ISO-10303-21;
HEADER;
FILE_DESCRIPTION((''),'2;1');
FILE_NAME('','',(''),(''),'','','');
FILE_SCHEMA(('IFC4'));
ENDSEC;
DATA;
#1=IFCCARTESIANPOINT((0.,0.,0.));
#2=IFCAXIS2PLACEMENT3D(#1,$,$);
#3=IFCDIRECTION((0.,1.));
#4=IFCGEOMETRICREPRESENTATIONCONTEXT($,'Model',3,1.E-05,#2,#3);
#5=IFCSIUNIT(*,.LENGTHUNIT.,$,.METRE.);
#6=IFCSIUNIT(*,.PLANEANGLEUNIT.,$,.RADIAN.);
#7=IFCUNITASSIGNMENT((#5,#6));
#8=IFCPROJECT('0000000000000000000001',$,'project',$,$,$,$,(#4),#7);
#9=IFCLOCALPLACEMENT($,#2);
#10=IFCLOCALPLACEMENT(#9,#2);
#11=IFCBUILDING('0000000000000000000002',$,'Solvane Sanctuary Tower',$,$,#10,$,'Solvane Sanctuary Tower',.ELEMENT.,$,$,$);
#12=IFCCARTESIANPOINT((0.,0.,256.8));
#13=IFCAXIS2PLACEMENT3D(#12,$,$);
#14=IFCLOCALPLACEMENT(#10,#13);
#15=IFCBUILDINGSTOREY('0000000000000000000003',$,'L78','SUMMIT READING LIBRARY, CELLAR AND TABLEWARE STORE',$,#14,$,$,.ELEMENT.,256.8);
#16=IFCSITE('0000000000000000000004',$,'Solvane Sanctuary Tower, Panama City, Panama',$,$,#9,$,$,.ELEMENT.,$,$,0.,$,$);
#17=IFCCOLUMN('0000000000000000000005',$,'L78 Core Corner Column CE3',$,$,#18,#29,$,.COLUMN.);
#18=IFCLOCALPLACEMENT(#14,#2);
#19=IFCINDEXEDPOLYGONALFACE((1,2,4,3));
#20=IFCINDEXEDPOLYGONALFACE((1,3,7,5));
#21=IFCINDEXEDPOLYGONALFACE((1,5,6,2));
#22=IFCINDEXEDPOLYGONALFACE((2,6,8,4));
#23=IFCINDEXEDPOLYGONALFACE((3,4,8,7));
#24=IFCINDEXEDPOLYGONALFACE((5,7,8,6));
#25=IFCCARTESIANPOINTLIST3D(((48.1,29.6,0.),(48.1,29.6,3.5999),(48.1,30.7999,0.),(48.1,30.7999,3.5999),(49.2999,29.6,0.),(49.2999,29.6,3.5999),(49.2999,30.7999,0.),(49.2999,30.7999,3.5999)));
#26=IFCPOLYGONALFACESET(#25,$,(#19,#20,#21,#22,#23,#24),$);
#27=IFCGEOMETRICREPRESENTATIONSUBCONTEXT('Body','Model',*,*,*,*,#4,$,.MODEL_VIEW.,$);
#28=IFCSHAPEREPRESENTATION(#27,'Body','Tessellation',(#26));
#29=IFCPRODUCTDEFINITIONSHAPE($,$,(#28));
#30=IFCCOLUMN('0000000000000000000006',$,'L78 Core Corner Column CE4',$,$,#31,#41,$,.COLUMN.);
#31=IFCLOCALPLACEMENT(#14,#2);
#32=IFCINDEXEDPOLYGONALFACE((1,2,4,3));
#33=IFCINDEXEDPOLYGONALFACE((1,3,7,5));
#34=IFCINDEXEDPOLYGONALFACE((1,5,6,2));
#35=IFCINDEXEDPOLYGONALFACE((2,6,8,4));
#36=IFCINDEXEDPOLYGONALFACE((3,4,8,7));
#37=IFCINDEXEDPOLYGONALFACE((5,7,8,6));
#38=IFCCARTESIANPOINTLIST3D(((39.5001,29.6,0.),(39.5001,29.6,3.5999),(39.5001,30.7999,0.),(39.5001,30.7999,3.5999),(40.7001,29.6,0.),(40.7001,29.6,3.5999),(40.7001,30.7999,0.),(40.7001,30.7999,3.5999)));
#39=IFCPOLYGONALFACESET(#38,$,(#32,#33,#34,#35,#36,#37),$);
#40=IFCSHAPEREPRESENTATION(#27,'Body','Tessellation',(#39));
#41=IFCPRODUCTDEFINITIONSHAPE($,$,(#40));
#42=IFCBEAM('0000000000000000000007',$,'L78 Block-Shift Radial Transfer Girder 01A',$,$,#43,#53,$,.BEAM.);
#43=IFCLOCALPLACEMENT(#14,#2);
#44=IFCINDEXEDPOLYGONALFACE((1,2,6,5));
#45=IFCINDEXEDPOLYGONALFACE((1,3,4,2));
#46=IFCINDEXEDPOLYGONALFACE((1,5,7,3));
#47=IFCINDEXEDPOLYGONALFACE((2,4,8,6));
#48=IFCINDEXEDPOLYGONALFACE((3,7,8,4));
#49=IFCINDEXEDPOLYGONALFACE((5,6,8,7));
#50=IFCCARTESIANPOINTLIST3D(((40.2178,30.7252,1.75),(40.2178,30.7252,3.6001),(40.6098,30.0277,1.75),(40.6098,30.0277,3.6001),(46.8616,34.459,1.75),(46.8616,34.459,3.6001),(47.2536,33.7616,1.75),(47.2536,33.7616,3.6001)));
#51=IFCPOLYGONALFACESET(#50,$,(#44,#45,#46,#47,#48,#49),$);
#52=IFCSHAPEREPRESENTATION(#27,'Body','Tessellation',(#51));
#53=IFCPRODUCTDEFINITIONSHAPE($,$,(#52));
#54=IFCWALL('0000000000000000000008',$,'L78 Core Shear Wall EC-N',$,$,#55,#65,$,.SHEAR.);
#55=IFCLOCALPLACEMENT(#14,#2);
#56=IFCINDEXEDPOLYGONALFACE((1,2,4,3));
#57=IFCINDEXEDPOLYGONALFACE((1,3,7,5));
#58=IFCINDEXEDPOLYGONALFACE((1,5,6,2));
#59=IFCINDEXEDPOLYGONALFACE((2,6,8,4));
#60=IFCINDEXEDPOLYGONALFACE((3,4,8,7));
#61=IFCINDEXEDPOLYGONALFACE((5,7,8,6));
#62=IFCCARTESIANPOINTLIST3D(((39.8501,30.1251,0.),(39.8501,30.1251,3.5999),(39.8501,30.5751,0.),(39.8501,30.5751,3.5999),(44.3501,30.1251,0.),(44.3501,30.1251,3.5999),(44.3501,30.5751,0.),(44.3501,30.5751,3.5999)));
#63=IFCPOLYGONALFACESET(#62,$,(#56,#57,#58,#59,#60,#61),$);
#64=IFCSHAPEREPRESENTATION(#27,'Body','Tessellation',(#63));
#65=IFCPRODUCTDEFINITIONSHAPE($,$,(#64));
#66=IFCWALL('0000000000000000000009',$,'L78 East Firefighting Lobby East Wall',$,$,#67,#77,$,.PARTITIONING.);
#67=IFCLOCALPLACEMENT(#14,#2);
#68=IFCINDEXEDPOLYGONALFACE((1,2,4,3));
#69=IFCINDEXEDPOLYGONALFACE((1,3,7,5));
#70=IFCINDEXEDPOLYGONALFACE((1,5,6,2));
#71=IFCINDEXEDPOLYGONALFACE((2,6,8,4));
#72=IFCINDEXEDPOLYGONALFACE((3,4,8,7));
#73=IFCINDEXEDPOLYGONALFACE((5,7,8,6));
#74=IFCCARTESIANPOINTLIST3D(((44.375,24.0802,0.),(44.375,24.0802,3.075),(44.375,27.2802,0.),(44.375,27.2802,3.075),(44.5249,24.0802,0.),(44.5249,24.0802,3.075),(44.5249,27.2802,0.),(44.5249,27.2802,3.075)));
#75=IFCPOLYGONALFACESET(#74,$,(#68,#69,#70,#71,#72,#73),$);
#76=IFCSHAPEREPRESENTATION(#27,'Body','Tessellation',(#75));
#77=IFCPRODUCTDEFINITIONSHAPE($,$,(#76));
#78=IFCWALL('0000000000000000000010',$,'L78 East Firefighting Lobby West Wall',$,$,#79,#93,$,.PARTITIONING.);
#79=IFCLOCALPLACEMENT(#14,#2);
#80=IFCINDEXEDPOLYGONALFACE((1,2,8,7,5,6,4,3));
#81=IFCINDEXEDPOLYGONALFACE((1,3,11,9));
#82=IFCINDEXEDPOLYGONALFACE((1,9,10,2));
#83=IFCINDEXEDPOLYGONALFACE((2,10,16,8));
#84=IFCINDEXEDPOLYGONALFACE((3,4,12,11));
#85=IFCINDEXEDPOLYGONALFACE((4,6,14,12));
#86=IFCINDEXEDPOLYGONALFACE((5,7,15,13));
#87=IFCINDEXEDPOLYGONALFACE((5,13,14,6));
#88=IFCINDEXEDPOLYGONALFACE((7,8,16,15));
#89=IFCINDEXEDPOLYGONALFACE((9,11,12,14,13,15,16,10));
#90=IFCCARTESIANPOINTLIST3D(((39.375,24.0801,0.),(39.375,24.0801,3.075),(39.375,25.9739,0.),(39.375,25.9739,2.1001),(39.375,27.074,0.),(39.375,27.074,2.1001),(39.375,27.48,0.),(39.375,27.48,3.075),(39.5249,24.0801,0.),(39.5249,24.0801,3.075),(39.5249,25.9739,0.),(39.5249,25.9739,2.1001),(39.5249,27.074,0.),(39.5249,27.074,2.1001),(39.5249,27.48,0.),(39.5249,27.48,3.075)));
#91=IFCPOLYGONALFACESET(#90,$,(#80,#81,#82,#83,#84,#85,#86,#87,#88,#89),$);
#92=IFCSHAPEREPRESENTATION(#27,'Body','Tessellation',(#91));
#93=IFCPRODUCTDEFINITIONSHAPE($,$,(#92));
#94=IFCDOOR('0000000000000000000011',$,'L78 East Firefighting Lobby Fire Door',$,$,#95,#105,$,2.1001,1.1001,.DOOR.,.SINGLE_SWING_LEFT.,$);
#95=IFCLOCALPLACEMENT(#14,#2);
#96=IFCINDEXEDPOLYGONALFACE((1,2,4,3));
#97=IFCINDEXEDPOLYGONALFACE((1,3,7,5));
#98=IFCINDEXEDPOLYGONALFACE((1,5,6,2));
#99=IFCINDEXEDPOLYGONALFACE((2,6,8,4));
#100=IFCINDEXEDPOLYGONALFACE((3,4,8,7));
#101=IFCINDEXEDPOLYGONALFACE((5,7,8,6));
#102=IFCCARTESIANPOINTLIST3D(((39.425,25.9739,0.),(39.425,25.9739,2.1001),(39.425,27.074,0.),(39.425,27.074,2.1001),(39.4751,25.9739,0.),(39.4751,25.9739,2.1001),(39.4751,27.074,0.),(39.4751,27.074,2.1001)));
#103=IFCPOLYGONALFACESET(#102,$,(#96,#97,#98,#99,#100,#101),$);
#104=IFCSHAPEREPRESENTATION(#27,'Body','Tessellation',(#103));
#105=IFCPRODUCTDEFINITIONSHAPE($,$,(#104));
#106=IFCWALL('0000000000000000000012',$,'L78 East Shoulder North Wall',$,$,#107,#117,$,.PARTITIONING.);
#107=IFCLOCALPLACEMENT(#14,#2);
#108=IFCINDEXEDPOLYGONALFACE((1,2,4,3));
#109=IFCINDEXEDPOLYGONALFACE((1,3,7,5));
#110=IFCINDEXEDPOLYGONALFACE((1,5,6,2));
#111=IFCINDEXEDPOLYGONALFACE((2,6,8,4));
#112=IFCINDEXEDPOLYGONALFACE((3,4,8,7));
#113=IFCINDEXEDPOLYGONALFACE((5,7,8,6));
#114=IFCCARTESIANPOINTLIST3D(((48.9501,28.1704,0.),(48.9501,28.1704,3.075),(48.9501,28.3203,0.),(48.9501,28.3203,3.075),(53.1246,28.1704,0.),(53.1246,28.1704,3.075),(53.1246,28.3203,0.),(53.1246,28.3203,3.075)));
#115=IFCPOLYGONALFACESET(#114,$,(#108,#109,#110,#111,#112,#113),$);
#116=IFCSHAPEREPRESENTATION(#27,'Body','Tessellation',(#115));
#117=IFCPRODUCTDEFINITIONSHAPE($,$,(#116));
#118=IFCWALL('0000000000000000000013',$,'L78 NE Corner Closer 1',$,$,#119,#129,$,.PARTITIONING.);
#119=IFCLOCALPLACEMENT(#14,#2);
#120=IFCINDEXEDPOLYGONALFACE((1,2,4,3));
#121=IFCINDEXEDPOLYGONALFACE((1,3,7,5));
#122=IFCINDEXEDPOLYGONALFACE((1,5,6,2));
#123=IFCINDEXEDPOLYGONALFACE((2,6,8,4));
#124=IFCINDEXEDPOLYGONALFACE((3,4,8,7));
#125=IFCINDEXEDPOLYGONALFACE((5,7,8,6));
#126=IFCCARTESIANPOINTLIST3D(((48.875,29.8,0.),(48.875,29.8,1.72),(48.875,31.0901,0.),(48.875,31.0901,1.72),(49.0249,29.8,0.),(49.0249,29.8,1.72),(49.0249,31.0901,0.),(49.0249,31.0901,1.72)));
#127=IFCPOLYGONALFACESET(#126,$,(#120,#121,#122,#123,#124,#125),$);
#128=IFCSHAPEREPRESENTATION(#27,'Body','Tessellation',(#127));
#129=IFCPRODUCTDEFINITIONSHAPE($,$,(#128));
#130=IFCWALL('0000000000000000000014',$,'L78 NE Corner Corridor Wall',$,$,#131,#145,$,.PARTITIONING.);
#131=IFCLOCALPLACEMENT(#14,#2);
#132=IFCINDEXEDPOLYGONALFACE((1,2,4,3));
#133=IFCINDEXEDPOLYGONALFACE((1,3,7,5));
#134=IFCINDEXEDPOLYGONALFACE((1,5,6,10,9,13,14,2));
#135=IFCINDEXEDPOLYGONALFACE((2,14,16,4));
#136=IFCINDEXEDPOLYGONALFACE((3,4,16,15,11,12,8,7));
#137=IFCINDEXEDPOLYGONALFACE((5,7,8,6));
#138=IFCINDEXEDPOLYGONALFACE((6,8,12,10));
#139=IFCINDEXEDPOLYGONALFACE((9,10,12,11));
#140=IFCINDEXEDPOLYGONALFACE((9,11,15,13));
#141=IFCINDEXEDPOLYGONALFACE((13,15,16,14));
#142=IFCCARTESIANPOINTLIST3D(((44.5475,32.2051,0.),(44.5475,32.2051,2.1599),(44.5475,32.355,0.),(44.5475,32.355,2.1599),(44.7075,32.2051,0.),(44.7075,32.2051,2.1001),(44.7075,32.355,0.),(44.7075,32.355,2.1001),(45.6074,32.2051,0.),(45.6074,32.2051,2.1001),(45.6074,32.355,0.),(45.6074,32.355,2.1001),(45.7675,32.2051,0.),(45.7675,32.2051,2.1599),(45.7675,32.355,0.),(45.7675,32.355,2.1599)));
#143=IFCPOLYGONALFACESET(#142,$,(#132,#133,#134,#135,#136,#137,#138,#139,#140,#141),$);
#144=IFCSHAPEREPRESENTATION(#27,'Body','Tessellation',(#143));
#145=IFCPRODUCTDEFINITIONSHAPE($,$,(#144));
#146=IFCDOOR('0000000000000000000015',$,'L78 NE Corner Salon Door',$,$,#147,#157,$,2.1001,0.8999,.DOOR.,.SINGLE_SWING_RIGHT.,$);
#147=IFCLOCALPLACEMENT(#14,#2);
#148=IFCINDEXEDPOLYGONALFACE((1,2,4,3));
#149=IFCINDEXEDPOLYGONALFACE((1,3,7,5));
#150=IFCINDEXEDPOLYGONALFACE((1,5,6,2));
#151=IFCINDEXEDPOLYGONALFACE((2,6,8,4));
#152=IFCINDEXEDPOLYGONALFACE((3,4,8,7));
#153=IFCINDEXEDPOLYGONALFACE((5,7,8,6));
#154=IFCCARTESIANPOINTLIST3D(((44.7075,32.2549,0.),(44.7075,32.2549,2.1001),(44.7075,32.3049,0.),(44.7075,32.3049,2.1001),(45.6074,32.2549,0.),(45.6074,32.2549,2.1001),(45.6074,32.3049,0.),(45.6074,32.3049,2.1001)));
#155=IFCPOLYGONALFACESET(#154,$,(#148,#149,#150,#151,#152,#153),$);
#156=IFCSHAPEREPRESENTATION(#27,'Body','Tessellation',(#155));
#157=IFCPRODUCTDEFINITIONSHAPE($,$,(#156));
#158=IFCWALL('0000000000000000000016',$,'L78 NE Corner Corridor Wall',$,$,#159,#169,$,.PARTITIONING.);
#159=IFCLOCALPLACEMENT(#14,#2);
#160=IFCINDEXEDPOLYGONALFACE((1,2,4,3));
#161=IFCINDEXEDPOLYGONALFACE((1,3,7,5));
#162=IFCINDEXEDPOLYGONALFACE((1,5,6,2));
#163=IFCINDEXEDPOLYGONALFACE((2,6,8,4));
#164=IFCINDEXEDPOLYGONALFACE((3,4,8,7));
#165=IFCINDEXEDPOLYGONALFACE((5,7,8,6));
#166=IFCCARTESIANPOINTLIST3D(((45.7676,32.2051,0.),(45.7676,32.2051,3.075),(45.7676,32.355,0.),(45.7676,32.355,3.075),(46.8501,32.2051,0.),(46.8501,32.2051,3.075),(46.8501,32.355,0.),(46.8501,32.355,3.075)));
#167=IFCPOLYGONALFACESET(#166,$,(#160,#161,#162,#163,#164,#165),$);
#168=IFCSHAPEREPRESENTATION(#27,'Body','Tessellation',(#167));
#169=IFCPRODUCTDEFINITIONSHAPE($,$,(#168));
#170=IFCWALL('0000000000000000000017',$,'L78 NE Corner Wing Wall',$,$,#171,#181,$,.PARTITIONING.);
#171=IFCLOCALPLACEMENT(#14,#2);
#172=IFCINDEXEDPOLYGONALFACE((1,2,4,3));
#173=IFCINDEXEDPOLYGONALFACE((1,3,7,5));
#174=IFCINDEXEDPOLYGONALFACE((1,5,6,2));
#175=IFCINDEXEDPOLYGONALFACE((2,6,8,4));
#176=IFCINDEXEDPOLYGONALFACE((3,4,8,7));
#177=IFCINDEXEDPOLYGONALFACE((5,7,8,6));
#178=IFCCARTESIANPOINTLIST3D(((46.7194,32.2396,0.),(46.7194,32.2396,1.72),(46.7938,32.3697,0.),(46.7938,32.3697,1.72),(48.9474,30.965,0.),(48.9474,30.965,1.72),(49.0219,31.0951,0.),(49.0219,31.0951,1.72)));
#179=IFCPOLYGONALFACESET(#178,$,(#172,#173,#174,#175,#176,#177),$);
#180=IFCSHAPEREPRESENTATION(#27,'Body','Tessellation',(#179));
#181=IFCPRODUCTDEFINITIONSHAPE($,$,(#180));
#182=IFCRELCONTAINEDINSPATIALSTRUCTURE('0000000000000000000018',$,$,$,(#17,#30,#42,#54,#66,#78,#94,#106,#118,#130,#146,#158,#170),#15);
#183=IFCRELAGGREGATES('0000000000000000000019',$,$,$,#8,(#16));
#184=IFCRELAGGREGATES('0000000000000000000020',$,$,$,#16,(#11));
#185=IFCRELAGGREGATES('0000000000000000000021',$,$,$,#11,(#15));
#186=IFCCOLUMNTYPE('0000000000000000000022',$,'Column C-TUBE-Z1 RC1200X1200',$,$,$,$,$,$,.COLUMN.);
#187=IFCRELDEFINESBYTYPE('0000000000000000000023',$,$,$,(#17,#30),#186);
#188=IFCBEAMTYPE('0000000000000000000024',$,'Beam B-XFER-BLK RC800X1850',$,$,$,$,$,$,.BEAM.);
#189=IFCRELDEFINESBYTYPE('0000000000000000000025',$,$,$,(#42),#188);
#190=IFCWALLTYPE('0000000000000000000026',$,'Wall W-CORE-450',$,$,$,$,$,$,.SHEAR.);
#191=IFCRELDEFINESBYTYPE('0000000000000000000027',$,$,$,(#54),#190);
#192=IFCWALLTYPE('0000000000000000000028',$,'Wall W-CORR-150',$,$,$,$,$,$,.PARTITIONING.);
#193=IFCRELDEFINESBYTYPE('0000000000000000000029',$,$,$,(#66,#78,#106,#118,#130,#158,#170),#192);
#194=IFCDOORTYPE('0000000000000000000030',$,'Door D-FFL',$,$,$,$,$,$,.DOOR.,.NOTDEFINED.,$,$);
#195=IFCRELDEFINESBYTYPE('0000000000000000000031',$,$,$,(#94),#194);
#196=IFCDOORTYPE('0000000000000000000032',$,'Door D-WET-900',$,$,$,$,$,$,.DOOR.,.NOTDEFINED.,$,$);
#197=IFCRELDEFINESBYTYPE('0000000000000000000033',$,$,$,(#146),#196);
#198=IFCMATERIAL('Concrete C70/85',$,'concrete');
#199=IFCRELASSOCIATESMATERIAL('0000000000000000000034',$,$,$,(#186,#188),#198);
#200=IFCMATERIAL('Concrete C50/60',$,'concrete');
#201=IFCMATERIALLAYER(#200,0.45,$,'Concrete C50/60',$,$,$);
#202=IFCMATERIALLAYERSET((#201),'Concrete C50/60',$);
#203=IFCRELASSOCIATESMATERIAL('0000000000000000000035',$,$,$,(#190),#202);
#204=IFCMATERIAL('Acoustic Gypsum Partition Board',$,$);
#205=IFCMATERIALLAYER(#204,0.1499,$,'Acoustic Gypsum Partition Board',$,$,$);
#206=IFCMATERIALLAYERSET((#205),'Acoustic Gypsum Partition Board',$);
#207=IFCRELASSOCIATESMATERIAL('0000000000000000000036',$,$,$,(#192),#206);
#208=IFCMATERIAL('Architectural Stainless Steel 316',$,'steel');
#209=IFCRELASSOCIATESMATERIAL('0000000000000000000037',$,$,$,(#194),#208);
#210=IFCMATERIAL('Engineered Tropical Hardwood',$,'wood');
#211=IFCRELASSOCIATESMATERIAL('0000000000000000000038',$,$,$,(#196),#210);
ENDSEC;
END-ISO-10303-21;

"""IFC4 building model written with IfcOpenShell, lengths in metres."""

from ifc_helpers import new_model, si_unit, direction, frame, frame_2d, origin, origin_2d, place, context, subcontext, project, spatial, rectangle, extrude, material, layer, layer_set, material_profile, profile_set, type_object, element, fill, save


model = new_model("IFC4")

# Units and contexts
model_context = context("Model", 3, precision=1e-05, world=origin(), true_north=direction((0.0, 1.0)))
body_context = subcontext(model_context, "Body", "Model", "MODEL_VIEW")
ifc_project = project(units=[si_unit("LENGTHUNIT", "METRE"), si_unit("PLANEANGLEUNIT", "RADIAN")], contexts=[model_context])

# Site, building, storey
site_placement = place(None, origin())
site = spatial("IfcSite", under=ifc_project, at=site_placement, Name="Solvane Sanctuary Tower, Panama City, Panama", CompositionType="ELEMENT", RefElevation=0.0)
building_placement = place(site_placement, origin())
building = spatial("IfcBuilding", under=site, at=building_placement, Name="Solvane Sanctuary Tower", LongName="Solvane Sanctuary Tower", CompositionType="ELEMENT")
storey_placement = place(building_placement, frame((0.0, 0.0, 256.8)))
storey = spatial("IfcBuildingStorey", under=building, at=storey_placement, Name="L78", Description="SUMMIT READING LIBRARY, CELLAR AND TABLEWARE STORE", CompositionType="ELEMENT", Elevation=256.8)

# Columns
ifc_material_1 = material(Name="Concrete C70/85", Category="concrete")
ifc_material_profile_1 = material_profile(ifc_material_1, rectangle(XDim=1.2, YDim=1.2, at=origin_2d()), Name="RC1200X1200")
ifc_profile_set_1 = profile_set([ifc_material_profile_1], Name="Concrete C70/85")
column_type = type_object("IfcColumnType", Name="Column C-TUBE-Z1 RC1200X1200", PredefinedType="COLUMN", material=ifc_profile_set_1)
for number, where, z_axis, x_axis, name in (
    (1, (48.7, 30.2, 0.0), (0.0, 0.0, 1.0), (1.0, 0.0, 0.0), "L78 Core Corner Column CE3"),
    (2, (40.1001, 30.2, 0.0), (0.0, 0.0, 1.0), (1.0, 0.0, 0.0), "L78 Core Corner Column CE4"),
):
    element("IfcColumn", number, at=place(storey_placement, frame(where, z_axis=z_axis, x_axis=x_axis)), inside=storey, type_object=column_type, Name=name, PredefinedType="COLUMN", context=body_context, shape_type="SweptSolid", body=[
        extrude(rectangle(XDim=1.2, YDim=1.2, at=origin_2d()), origin(), (0.0, 0.0, 1.0), 3.5999),
    ])

# Beam
ifc_material_profile_2 = material_profile(ifc_material_1, rectangle(XDim=0.8, YDim=1.8501, at=origin_2d()), Name="RC800X1850")
ifc_profile_set_2 = profile_set([ifc_material_profile_2], Name="Concrete C70/85")
beam_type = type_object("IfcBeamType", Name="Beam B-XFER-BLK RC800X1850", PredefinedType="BEAM", material=ifc_profile_set_2)
beam_placement = place(storey_placement, frame((40.4138, 30.3765, 2.675), z_axis=(0.871758, 0.489937, 0.0), x_axis=(-0.489937, 0.871758, 0.0)))
element("IfcBeam", 3, at=beam_placement, inside=storey, type_object=beam_type, Name="L78 Block-Shift Radial Transfer Girder 01A", PredefinedType="BEAM", context=body_context, shape_type="SweptSolid", body=[
    extrude(rectangle(XDim=0.8, YDim=1.8501, at=origin_2d()), origin(), (0.0, 0.0, 1.0), 7.6211),
])

# Walls
ifc_material_2 = material(Name="Concrete C50/60", Category="concrete")
ifc_layer_1 = layer(ifc_material_2, 0.45, Name="Concrete C50/60")
ifc_layer_set_1 = layer_set([ifc_layer_1], Name="Concrete C50/60")
wall_type_1 = type_object("IfcWallType", Name="Wall W-CORE-450", PredefinedType="SHEAR", material=ifc_layer_set_1)
wall_1_placement = place(storey_placement, frame((39.8501, 30.3501, 0.0), z_axis=(0.0, 0.0, 1.0), x_axis=(1.0, 0.0, 0.0)))
element("IfcWall", 4, at=wall_1_placement, inside=storey, type_object=wall_type_1, Name="L78 Core Shear Wall EC-N", PredefinedType="SHEAR", context=body_context, shape_type="SweptSolid", body=[
    extrude(rectangle(XDim=4.5, YDim=0.45, at=frame_2d((2.25, 0.0))), origin(), (0.0, 0.0, 1.0), 3.5999),
])
ifc_material_3 = material(Name="Acoustic Gypsum Partition Board")
ifc_layer_2 = layer(ifc_material_3, 0.1499, Name="Acoustic Gypsum Partition Board")
ifc_layer_set_2 = layer_set([ifc_layer_2], Name="Acoustic Gypsum Partition Board")
wall_type_2 = type_object("IfcWallType", Name="Wall W-CORR-150", PredefinedType="PARTITIONING", material=ifc_layer_set_2)
wall_2_placement = place(storey_placement, frame((44.45, 24.0801, 0.0), z_axis=(0.0, 0.0, 1.0), x_axis=(0.0, 1.0, 0.0)))
element("IfcWall", 5, at=wall_2_placement, inside=storey, type_object=wall_type_2, Name="L78 East Firefighting Lobby East Wall", PredefinedType="PARTITIONING", context=body_context, shape_type="SweptSolid", body=[
    extrude(rectangle(XDim=3.2, YDim=0.1499, at=frame_2d((1.6001, 0.0))), origin(), (0.0, 0.0, 1.0), 3.075),
])

# Wall, opening, door
wall_3_placement = place(storey_placement, frame((39.45, 24.0801, 0.0), z_axis=(0.0, 0.0, 1.0), x_axis=(0.0, 1.0, 0.0)))
wall_3 = element("IfcWall", 6, at=wall_3_placement, inside=storey, type_object=wall_type_2, Name="L78 East Firefighting Lobby West Wall", PredefinedType="PARTITIONING", context=body_context, shape_type="SweptSolid", body=[
    extrude(rectangle(XDim=3.3999, YDim=0.1499, at=frame_2d((1.7, 0.0))), origin(), (0.0, 0.0, 1.0), 3.075),
])
opening_1_placement = place(wall_3_placement, frame((1.8938, 0.0, 0.0)))
opening_1 = element("IfcOpeningElement", 7, at=opening_1_placement, cuts=wall_3, PredefinedType="OPENING", context=body_context, shape_type="SweptSolid", body=[
    extrude(rectangle(XDim=1.1001, YDim=2.1001, at=frame_2d((0.55, 1.05))), frame((0.0, 0.085, 0.0), z_axis=(0.0, -1.0, 0.0), x_axis=(1.0, 0.0, 0.0)), (0.0, 0.0, 1.0), 0.1699),
])
ifc_material_4 = material(Name="Architectural Stainless Steel 316", Category="steel")
door_type_1 = type_object("IfcDoorType", Name="Door D-FFL", OperationType="NOTDEFINED", PredefinedType="DOOR", material=ifc_material_4)
door_1_placement = place(opening_1_placement, origin())
door_1 = element("IfcDoor", 8, at=door_1_placement, inside=storey, type_object=door_type_1, Name="L78 East Firefighting Lobby Fire Door", OperationType="SINGLE_SWING_LEFT", OverallHeight=2.1001, OverallWidth=1.1001, PredefinedType="DOOR", context=body_context, shape_type="SweptSolid", body=[
    extrude(rectangle(XDim=1.1001, YDim=2.1001, at=frame_2d((0.55, 1.05))), frame((0.0, 0.0249, 0.0), z_axis=(0.0, -1.0, 0.0), x_axis=(1.0, 0.0, 0.0)), (0.0, 0.0, 1.0), 0.05),
])
fill(opening_1, door_1)

# Walls
wall_4_placement = place(storey_placement, frame((48.95, 28.2454, 0.0), z_axis=(0.0, 0.0, 1.0), x_axis=(1.0, 0.0, 0.0)))
element("IfcWall", 9, at=wall_4_placement, inside=storey, type_object=wall_type_2, Name="L78 East Shoulder North Wall", PredefinedType="PARTITIONING", context=body_context, shape_type="SweptSolid", body=[
    extrude(rectangle(XDim=4.1746, YDim=0.1499, at=frame_2d((2.0874, 0.0))), origin(), (0.0, 0.0, 1.0), 3.075),
])
wall_5_placement = place(storey_placement, frame((48.95, 29.8, 0.0), z_axis=(0.0, 0.0, 1.0), x_axis=(0.0, 1.0, 0.0)))
element("IfcWall", 10, at=wall_5_placement, inside=storey, type_object=wall_type_2, Name="L78 NE Corner Closer 1", PredefinedType="PARTITIONING", context=body_context, shape_type="SweptSolid", body=[
    extrude(rectangle(XDim=1.29, YDim=0.1499, at=frame_2d((0.645, 0.0))), origin(), (0.0, 0.0, 1.0), 1.72),
])

# Wall, opening, door
wall_6_placement = place(storey_placement, frame((44.5476, 32.28, 0.0), z_axis=(0.0, 0.0, 1.0), x_axis=(1.0, 0.0, 0.0)))
wall_6 = element("IfcWall", 11, at=wall_6_placement, inside=storey, type_object=wall_type_2, Name="L78 NE Corner Corridor Wall", PredefinedType="PARTITIONING", context=body_context, shape_type="SweptSolid", body=[
    extrude(rectangle(XDim=1.22, YDim=0.1499, at=frame_2d((0.6099, 0.0))), origin(), (0.0, 0.0, 1.0), 2.1599),
])
opening_2_placement = place(wall_6_placement, frame((0.1599, 0.0, 0.0)))
opening_2 = element("IfcOpeningElement", 12, at=opening_2_placement, cuts=wall_6, PredefinedType="OPENING", context=body_context, shape_type="SweptSolid", body=[
    extrude(rectangle(XDim=0.8999, YDim=2.1001, at=frame_2d((0.45, 1.05))), frame((0.0, 0.085, 0.0), z_axis=(0.0, -1.0, 0.0), x_axis=(1.0, 0.0, 0.0)), (0.0, 0.0, 1.0), 0.1699),
])
ifc_material_5 = material(Name="Engineered Tropical Hardwood", Category="wood")
door_type_2 = type_object("IfcDoorType", Name="Door D-WET-900", OperationType="NOTDEFINED", PredefinedType="DOOR", material=ifc_material_5)
door_2_placement = place(opening_2_placement, origin())
door_2 = element("IfcDoor", 13, at=door_2_placement, inside=storey, type_object=door_type_2, Name="L78 NE Corner Salon Door", OperationType="SINGLE_SWING_RIGHT", OverallHeight=2.1001, OverallWidth=0.8999, PredefinedType="DOOR", context=body_context, shape_type="SweptSolid", body=[
    extrude(rectangle(XDim=0.8999, YDim=2.1001, at=frame_2d((0.45, 1.05))), frame((0.0, 0.0249, 0.0), z_axis=(0.0, -1.0, 0.0), x_axis=(1.0, 0.0, 0.0)), (0.0, 0.0, 1.0), 0.05),
])
fill(opening_2, door_2)

# Walls
wall_7_placement = place(storey_placement, frame((45.7676, 32.28, 0.0), z_axis=(0.0, 0.0, 1.0), x_axis=(1.0, 0.0, 0.0)))
element("IfcWall", 14, at=wall_7_placement, inside=storey, type_object=wall_type_2, Name="L78 NE Corner Corridor Wall", PredefinedType="PARTITIONING", context=body_context, shape_type="SweptSolid", body=[
    extrude(rectangle(XDim=1.0825, YDim=0.1499, at=frame_2d((0.5413, 0.0))), origin(), (0.0, 0.0, 1.0), 3.075),
])
wall_8_placement = place(storey_placement, frame((46.7566, 32.3047, 0.0), z_axis=(0.0, 0.0, 1.0), x_axis=(0.867991, -0.496579, 0.0)))
element("IfcWall", 15, at=wall_8_placement, inside=storey, type_object=wall_type_2, Name="L78 NE Corner Wing Wall", PredefinedType="PARTITIONING", context=body_context, shape_type="SweptSolid", body=[
    extrude(rectangle(XDim=2.5669, YDim=0.1499, at=frame_2d((1.2834, 0.0))), origin(), (0.0, 0.0, 1.0), 1.72),
])

save(model, "model.ifc")
